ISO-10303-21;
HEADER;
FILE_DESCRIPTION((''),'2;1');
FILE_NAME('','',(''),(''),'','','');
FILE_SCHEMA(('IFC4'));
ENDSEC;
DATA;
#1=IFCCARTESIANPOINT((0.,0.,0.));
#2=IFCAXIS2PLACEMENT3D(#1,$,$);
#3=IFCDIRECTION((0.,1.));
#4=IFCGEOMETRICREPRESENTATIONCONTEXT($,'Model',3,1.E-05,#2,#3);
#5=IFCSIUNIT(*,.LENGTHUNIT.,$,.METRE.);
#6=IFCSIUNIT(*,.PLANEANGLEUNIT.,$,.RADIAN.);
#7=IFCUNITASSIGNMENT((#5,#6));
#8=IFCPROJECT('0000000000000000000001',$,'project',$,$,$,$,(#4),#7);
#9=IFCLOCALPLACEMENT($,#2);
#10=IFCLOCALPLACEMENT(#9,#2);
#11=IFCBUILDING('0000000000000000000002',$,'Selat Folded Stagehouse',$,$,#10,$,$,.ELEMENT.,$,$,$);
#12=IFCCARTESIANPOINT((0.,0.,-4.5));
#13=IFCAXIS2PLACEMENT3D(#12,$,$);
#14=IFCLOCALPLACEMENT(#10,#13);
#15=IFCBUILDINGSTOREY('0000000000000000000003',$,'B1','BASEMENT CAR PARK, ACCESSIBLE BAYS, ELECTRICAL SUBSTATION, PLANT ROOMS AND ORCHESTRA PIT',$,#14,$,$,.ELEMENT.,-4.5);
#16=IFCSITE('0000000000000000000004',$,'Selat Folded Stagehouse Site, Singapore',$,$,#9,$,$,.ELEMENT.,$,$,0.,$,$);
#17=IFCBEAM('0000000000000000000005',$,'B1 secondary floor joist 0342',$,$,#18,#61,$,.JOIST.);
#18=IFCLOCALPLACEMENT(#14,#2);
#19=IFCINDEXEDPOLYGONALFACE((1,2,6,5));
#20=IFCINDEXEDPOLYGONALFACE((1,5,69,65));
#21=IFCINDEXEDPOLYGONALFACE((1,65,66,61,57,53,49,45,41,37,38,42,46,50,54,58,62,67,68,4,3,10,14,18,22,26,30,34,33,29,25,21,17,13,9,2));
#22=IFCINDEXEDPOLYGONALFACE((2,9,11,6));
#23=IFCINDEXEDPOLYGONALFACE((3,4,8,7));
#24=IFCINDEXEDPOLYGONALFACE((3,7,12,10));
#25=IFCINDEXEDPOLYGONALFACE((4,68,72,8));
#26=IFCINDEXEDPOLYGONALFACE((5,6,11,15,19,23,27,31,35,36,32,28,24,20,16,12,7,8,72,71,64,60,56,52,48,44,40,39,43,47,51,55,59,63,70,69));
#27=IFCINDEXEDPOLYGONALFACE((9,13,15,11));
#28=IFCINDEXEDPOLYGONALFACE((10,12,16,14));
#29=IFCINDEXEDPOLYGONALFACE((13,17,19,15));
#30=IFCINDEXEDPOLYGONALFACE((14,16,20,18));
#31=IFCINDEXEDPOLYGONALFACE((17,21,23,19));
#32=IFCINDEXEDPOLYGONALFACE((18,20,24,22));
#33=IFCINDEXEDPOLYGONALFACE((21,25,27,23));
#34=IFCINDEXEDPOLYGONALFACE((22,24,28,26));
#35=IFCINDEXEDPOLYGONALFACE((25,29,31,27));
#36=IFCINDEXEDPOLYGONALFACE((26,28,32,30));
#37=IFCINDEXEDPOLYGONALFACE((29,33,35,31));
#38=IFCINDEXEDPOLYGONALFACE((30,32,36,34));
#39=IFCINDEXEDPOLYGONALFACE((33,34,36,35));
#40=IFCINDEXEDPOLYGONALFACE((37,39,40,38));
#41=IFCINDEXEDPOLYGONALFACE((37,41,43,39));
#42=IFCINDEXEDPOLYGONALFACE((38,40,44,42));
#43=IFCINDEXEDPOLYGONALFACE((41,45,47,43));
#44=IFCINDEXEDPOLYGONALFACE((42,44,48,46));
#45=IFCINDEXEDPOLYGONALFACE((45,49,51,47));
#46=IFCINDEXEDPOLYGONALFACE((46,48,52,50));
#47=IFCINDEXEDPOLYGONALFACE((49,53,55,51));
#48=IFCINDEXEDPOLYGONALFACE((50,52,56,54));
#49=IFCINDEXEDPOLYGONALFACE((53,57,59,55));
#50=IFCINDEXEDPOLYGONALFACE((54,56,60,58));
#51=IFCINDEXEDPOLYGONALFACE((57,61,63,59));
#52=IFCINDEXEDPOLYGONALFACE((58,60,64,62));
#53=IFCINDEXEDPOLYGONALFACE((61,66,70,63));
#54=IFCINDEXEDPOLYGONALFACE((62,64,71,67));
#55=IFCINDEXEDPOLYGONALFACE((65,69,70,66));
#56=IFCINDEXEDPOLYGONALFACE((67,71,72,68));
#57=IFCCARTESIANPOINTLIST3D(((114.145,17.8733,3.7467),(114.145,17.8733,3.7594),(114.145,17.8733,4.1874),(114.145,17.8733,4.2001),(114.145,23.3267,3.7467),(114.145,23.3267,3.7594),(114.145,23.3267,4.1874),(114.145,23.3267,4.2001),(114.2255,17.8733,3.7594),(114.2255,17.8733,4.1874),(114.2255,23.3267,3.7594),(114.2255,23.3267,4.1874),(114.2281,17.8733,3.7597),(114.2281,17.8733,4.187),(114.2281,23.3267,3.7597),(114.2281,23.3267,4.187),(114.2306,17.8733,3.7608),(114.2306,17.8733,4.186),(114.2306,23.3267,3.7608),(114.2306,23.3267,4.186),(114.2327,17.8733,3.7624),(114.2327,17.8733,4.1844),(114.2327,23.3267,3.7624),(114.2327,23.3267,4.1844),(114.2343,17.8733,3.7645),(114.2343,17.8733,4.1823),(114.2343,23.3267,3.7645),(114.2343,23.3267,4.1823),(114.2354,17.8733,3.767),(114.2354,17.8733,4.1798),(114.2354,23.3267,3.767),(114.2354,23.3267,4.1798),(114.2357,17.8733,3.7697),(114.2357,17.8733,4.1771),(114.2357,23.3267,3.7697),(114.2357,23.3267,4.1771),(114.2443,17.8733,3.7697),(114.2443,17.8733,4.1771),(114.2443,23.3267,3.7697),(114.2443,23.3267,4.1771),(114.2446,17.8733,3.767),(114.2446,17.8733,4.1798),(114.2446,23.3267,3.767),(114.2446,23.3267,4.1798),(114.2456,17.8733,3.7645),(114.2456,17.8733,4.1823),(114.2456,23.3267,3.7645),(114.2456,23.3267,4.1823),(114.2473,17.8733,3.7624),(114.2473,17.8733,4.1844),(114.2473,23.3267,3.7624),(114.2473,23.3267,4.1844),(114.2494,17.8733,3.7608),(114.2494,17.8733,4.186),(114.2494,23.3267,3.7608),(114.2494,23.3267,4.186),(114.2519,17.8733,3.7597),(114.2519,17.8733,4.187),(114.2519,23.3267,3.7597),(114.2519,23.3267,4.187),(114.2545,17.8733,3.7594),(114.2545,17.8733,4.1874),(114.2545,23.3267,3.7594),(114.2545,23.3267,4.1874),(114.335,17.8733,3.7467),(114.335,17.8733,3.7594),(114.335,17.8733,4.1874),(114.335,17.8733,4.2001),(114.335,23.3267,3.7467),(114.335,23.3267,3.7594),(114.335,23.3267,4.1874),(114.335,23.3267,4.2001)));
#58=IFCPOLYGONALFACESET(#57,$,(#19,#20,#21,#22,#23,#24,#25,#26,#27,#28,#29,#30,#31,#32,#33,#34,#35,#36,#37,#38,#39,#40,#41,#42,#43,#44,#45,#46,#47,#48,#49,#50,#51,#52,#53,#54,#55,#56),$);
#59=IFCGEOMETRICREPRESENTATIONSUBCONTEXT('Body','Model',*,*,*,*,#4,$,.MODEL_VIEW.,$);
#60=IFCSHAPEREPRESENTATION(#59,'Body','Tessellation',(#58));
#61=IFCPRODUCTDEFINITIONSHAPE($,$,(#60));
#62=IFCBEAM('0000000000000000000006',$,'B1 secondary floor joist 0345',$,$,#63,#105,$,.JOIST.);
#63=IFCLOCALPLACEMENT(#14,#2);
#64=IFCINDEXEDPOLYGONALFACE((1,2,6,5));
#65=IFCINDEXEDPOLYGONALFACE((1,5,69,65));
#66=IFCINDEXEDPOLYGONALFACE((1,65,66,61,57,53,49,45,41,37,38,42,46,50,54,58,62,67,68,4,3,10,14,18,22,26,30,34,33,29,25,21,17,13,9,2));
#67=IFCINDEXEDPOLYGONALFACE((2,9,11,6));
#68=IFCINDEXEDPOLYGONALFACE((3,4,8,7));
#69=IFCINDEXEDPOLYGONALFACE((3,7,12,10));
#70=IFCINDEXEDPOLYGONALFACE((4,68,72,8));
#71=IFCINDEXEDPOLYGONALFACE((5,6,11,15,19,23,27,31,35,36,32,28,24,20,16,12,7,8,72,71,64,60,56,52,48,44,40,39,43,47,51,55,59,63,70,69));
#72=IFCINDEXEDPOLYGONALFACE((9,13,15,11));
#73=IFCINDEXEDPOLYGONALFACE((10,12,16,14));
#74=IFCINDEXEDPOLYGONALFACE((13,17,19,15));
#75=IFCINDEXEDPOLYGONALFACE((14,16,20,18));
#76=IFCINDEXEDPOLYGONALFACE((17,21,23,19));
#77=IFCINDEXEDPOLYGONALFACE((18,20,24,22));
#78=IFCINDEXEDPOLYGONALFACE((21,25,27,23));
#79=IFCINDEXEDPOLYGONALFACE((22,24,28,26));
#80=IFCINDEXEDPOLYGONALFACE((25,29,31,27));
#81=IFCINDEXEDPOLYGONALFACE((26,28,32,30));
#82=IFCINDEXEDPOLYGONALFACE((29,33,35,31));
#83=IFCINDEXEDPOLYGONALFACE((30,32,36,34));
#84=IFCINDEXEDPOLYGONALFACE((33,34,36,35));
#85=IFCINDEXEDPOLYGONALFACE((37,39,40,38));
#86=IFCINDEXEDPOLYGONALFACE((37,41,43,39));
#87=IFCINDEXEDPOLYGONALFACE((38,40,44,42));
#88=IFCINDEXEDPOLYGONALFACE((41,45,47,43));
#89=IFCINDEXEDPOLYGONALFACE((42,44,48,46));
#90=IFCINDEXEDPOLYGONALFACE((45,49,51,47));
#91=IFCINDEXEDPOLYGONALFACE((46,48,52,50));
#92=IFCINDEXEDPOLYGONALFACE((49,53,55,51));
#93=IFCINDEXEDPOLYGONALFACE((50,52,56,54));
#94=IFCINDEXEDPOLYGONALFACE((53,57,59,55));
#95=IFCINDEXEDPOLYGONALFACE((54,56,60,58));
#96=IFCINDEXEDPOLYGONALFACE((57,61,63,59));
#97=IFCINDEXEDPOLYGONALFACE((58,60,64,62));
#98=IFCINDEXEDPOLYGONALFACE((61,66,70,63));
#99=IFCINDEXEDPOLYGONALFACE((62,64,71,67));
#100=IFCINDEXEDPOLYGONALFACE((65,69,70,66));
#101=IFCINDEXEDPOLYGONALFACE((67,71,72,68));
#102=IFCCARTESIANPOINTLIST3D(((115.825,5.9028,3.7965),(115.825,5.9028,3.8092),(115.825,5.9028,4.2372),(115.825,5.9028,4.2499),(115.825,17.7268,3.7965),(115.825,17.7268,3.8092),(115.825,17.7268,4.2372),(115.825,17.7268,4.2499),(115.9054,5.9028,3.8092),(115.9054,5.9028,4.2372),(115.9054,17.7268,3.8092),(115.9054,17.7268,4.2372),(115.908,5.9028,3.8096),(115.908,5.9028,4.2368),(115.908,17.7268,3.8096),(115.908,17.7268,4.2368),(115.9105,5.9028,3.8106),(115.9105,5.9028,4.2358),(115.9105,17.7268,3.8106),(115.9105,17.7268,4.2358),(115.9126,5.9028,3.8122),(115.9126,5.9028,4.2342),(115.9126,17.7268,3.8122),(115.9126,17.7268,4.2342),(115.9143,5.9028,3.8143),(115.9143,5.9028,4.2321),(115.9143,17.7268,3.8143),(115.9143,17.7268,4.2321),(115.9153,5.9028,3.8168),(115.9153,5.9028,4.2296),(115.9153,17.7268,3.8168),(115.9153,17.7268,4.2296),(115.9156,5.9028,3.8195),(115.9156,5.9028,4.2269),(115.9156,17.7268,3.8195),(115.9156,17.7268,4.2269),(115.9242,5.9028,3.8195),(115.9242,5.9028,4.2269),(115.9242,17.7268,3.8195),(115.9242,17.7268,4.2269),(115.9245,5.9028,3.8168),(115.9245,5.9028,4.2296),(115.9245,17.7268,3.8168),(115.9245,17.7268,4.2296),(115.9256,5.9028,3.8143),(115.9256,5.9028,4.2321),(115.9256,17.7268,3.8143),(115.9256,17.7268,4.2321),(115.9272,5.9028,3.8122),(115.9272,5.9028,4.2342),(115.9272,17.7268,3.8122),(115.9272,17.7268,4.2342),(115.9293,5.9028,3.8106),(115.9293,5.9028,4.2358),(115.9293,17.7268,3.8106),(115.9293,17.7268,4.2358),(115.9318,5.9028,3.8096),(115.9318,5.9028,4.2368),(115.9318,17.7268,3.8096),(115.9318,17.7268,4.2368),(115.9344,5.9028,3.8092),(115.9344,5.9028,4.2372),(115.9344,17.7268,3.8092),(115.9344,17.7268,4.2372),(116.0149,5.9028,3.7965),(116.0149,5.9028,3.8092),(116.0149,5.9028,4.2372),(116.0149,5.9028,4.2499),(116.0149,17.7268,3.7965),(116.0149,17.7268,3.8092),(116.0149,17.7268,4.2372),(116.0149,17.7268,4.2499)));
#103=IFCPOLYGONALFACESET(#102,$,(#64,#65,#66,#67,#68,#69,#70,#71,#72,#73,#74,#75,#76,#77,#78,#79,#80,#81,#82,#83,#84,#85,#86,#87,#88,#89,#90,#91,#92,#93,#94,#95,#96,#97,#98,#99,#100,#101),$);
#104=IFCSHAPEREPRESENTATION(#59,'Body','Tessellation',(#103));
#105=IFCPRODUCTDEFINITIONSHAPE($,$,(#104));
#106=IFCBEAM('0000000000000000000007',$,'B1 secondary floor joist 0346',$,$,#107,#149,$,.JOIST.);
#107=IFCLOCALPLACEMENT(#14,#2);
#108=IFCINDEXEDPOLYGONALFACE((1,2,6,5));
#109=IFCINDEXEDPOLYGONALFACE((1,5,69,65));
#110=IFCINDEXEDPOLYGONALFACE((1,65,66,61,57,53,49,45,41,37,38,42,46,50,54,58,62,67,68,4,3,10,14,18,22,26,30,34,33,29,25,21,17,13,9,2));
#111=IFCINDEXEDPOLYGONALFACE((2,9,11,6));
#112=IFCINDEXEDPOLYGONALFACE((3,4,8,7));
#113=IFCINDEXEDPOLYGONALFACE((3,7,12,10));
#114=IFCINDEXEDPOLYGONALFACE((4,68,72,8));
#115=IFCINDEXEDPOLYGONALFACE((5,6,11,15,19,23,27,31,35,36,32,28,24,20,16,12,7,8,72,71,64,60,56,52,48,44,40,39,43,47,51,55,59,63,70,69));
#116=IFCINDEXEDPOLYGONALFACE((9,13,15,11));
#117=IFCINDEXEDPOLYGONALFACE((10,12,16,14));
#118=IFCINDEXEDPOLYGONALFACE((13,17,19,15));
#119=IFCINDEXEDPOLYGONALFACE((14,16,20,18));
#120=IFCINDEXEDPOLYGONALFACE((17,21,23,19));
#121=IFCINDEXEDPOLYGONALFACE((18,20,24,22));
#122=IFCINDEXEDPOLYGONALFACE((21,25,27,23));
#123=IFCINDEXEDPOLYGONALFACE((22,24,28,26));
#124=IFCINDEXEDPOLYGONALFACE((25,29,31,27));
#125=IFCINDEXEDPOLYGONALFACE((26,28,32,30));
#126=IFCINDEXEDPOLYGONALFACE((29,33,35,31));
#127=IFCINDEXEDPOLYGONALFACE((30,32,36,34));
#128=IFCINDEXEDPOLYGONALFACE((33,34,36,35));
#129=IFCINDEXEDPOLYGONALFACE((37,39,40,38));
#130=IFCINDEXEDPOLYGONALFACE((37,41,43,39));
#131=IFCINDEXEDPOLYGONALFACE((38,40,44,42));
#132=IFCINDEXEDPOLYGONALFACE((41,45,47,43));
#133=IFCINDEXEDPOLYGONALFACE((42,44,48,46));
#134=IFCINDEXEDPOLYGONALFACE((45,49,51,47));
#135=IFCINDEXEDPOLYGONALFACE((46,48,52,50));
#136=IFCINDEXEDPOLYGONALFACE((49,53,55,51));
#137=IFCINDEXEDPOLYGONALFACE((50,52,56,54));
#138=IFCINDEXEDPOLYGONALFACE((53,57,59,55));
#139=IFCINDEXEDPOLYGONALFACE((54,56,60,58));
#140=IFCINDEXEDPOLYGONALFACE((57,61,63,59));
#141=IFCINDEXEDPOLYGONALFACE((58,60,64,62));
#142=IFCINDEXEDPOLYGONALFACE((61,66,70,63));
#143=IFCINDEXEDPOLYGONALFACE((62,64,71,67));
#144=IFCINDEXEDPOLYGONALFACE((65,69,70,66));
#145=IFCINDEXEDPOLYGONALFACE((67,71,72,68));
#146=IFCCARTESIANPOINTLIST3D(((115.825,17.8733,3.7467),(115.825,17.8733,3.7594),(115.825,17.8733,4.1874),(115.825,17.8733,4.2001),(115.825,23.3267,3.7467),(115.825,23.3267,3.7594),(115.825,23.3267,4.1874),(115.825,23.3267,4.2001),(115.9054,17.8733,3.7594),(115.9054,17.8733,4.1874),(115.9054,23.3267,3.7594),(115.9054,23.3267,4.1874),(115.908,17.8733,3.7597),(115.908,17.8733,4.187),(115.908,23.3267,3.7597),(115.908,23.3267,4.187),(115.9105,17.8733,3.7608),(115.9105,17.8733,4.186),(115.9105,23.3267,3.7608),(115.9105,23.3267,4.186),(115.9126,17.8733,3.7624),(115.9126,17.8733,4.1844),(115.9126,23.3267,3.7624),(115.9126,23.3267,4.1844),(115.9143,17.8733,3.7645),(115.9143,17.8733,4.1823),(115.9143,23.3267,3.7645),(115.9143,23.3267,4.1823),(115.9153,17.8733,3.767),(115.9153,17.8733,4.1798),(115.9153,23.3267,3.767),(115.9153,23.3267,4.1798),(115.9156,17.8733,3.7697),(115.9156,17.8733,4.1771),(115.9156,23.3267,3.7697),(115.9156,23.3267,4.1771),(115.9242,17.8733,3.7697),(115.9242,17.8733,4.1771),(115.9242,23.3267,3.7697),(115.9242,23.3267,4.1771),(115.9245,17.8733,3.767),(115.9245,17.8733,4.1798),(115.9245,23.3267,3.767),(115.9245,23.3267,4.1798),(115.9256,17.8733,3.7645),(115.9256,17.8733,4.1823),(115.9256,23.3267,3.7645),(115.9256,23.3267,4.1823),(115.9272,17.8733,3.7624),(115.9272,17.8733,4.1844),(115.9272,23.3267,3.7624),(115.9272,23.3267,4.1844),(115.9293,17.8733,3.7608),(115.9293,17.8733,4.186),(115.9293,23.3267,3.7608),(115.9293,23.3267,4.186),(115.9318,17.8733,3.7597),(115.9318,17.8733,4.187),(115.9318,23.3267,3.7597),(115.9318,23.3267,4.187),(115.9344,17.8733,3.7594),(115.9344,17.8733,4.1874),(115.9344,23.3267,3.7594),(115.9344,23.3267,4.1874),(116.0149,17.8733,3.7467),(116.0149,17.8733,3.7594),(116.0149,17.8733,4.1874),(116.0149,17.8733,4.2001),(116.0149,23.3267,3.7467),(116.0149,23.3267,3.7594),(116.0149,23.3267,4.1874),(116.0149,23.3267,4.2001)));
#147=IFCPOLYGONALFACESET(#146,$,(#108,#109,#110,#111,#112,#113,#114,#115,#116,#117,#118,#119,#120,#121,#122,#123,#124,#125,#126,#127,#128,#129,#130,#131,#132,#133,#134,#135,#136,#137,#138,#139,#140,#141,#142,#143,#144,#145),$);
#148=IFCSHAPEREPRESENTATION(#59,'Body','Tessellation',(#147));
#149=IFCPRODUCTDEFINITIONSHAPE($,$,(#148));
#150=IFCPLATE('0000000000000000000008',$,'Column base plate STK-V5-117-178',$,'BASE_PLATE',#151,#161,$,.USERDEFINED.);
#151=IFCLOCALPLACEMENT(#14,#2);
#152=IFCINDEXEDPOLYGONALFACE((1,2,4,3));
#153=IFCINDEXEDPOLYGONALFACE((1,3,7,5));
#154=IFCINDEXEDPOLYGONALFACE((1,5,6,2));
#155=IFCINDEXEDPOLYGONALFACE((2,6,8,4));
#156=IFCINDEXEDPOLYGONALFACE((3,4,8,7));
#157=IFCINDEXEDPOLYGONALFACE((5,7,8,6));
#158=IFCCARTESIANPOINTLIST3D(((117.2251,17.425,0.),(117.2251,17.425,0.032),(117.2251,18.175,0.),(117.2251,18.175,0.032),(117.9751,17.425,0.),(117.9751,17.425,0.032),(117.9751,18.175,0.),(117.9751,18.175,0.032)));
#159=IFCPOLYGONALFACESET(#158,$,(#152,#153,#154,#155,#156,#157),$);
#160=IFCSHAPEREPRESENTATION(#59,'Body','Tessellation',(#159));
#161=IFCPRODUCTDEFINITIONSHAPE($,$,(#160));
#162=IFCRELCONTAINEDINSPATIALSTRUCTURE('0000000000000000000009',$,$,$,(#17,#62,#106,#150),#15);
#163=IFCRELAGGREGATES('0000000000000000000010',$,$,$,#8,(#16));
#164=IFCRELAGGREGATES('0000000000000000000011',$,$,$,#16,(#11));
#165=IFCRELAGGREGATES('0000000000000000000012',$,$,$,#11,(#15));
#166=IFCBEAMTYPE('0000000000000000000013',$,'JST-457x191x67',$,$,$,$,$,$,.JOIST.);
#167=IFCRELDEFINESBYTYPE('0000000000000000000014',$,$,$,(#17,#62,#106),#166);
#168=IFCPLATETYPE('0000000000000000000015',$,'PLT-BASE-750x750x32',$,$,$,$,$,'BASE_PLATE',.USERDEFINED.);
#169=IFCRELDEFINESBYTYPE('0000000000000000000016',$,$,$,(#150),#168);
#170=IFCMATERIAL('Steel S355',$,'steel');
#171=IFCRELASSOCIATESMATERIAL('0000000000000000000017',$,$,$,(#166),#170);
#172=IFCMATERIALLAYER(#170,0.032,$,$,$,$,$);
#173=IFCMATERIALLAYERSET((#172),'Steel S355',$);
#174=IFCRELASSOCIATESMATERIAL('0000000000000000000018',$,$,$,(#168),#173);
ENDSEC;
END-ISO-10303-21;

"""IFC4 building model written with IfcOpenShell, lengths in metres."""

from ifc_helpers import new_model, si_unit, direction, frame, origin, origin_2d, place, context, subcontext, project, spatial, rectangle, i_section, extrude, material, layer, layer_set, material_profile, profile_set, type_object, element, save


model = new_model("IFC4")

# Units and contexts
model_context = context("Model", 3, precision=1e-05, world=origin(), true_north=direction((0.0, 1.0)))
body_context = subcontext(model_context, "Body", "Model", "MODEL_VIEW")
ifc_project = project(units=[si_unit("LENGTHUNIT", "METRE"), si_unit("PLANEANGLEUNIT", "RADIAN")], contexts=[model_context])

# Site, building, storey
site_placement = place(None, origin())
site = spatial("IfcSite", under=ifc_project, at=site_placement, Name="Selat Folded Stagehouse Site, Singapore", CompositionType="ELEMENT", RefElevation=0.0)
building_placement = place(site_placement, origin())
building = spatial("IfcBuilding", under=site, at=building_placement, Name="Selat Folded Stagehouse", CompositionType="ELEMENT")
storey_placement = place(building_placement, frame((0.0, 0.0, -4.5)))
storey = spatial("IfcBuildingStorey", under=building, at=storey_placement, Name="B1", Description="BASEMENT CAR PARK, ACCESSIBLE BAYS, ELECTRICAL SUBSTATION, PLANT ROOMS AND ORCHESTRA PIT", CompositionType="ELEMENT", Elevation=-4.5)

# Shared definitions
ifc_material_1 = material(Name="Steel S355", Category="steel")

# Beams
ifc_material_profile_1 = material_profile(ifc_material_1, i_section(OverallWidth=0.1899, OverallDepth=0.4534, WebThickness=0.0085, FlangeThickness=0.0127, FilletRadius=0.0103, at=origin_2d()), Name="UKB 457x191x67")
ifc_profile_set_1 = profile_set([ifc_material_profile_1], Name="Steel S355")
beam_type_1 = type_object("IfcBeamType", Name="JST-457x191x67", PredefinedType="JOIST", material=ifc_profile_set_1)
beam_1_placement = place(storey_placement, frame((114.24, 17.8733, 3.9734), z_axis=(0.0, 1.0, 0.0), x_axis=(-1.0, 0.0, 0.0)))
element("IfcBeam", 1, at=beam_1_placement, inside=storey, type_object=beam_type_1, Name="B1 secondary floor joist 0342", PredefinedType="JOIST", context=body_context, shape_type="SweptSolid", body=[
    extrude(i_section(OverallWidth=0.1899, OverallDepth=0.4534, WebThickness=0.0085, FlangeThickness=0.0127, FilletRadius=0.0103, at=origin_2d()), origin(), (0.0, 0.0, 1.0), 5.4534),
])
beam_2_placement = place(storey_placement, frame((115.9199, 5.9028, 4.0232), z_axis=(0.0, 1.0, 0.0), x_axis=(-1.0, 0.0, 0.0)))
element("IfcBeam", 2, at=beam_2_placement, inside=storey, type_object=beam_type_1, Name="B1 secondary floor joist 0345", PredefinedType="JOIST", context=body_context, shape_type="SweptSolid", body=[
    extrude(i_section(OverallWidth=0.1899, OverallDepth=0.4534, WebThickness=0.0085, FlangeThickness=0.0127, FilletRadius=0.0103, at=origin_2d()), origin(), (0.0, 0.0, 1.0), 11.824),
])
beam_3_placement = place(storey_placement, frame((115.9199, 17.8733, 3.9734), z_axis=(0.0, 1.0, 0.0), x_axis=(-1.0, 0.0, 0.0)))
element("IfcBeam", 3, at=beam_3_placement, inside=storey, type_object=beam_type_1, Name="B1 secondary floor joist 0346", PredefinedType="JOIST", context=body_context, shape_type="SweptSolid", body=[
    extrude(i_section(OverallWidth=0.1899, OverallDepth=0.4534, WebThickness=0.0085, FlangeThickness=0.0127, FilletRadius=0.0103, at=origin_2d()), origin(), (0.0, 0.0, 1.0), 5.4534),
])

# Plate
ifc_layer = layer(ifc_material_1, 0.032)
ifc_layer_set = layer_set([ifc_layer], Name="Steel S355")
plate_type = type_object("IfcPlateType", Name="PLT-BASE-750x750x32", ElementType="BASE_PLATE", PredefinedType="USERDEFINED", material=ifc_layer_set)
plate_placement = place(storey_placement, frame((117.6001, 17.8, 0.0), z_axis=(0.0, 0.0, 1.0), x_axis=(1.0, 0.0, 0.0)))
element("IfcPlate", 4, at=plate_placement, inside=storey, type_object=plate_type, Name="Column base plate STK-V5-117-178", ObjectType="BASE_PLATE", PredefinedType="USERDEFINED", context=body_context, shape_type="SweptSolid", body=[
    extrude(rectangle(XDim=0.75, YDim=0.75, at=origin_2d()), origin(), (0.0, 0.0, 1.0), 0.032),
])

save(model, "model.ifc")
